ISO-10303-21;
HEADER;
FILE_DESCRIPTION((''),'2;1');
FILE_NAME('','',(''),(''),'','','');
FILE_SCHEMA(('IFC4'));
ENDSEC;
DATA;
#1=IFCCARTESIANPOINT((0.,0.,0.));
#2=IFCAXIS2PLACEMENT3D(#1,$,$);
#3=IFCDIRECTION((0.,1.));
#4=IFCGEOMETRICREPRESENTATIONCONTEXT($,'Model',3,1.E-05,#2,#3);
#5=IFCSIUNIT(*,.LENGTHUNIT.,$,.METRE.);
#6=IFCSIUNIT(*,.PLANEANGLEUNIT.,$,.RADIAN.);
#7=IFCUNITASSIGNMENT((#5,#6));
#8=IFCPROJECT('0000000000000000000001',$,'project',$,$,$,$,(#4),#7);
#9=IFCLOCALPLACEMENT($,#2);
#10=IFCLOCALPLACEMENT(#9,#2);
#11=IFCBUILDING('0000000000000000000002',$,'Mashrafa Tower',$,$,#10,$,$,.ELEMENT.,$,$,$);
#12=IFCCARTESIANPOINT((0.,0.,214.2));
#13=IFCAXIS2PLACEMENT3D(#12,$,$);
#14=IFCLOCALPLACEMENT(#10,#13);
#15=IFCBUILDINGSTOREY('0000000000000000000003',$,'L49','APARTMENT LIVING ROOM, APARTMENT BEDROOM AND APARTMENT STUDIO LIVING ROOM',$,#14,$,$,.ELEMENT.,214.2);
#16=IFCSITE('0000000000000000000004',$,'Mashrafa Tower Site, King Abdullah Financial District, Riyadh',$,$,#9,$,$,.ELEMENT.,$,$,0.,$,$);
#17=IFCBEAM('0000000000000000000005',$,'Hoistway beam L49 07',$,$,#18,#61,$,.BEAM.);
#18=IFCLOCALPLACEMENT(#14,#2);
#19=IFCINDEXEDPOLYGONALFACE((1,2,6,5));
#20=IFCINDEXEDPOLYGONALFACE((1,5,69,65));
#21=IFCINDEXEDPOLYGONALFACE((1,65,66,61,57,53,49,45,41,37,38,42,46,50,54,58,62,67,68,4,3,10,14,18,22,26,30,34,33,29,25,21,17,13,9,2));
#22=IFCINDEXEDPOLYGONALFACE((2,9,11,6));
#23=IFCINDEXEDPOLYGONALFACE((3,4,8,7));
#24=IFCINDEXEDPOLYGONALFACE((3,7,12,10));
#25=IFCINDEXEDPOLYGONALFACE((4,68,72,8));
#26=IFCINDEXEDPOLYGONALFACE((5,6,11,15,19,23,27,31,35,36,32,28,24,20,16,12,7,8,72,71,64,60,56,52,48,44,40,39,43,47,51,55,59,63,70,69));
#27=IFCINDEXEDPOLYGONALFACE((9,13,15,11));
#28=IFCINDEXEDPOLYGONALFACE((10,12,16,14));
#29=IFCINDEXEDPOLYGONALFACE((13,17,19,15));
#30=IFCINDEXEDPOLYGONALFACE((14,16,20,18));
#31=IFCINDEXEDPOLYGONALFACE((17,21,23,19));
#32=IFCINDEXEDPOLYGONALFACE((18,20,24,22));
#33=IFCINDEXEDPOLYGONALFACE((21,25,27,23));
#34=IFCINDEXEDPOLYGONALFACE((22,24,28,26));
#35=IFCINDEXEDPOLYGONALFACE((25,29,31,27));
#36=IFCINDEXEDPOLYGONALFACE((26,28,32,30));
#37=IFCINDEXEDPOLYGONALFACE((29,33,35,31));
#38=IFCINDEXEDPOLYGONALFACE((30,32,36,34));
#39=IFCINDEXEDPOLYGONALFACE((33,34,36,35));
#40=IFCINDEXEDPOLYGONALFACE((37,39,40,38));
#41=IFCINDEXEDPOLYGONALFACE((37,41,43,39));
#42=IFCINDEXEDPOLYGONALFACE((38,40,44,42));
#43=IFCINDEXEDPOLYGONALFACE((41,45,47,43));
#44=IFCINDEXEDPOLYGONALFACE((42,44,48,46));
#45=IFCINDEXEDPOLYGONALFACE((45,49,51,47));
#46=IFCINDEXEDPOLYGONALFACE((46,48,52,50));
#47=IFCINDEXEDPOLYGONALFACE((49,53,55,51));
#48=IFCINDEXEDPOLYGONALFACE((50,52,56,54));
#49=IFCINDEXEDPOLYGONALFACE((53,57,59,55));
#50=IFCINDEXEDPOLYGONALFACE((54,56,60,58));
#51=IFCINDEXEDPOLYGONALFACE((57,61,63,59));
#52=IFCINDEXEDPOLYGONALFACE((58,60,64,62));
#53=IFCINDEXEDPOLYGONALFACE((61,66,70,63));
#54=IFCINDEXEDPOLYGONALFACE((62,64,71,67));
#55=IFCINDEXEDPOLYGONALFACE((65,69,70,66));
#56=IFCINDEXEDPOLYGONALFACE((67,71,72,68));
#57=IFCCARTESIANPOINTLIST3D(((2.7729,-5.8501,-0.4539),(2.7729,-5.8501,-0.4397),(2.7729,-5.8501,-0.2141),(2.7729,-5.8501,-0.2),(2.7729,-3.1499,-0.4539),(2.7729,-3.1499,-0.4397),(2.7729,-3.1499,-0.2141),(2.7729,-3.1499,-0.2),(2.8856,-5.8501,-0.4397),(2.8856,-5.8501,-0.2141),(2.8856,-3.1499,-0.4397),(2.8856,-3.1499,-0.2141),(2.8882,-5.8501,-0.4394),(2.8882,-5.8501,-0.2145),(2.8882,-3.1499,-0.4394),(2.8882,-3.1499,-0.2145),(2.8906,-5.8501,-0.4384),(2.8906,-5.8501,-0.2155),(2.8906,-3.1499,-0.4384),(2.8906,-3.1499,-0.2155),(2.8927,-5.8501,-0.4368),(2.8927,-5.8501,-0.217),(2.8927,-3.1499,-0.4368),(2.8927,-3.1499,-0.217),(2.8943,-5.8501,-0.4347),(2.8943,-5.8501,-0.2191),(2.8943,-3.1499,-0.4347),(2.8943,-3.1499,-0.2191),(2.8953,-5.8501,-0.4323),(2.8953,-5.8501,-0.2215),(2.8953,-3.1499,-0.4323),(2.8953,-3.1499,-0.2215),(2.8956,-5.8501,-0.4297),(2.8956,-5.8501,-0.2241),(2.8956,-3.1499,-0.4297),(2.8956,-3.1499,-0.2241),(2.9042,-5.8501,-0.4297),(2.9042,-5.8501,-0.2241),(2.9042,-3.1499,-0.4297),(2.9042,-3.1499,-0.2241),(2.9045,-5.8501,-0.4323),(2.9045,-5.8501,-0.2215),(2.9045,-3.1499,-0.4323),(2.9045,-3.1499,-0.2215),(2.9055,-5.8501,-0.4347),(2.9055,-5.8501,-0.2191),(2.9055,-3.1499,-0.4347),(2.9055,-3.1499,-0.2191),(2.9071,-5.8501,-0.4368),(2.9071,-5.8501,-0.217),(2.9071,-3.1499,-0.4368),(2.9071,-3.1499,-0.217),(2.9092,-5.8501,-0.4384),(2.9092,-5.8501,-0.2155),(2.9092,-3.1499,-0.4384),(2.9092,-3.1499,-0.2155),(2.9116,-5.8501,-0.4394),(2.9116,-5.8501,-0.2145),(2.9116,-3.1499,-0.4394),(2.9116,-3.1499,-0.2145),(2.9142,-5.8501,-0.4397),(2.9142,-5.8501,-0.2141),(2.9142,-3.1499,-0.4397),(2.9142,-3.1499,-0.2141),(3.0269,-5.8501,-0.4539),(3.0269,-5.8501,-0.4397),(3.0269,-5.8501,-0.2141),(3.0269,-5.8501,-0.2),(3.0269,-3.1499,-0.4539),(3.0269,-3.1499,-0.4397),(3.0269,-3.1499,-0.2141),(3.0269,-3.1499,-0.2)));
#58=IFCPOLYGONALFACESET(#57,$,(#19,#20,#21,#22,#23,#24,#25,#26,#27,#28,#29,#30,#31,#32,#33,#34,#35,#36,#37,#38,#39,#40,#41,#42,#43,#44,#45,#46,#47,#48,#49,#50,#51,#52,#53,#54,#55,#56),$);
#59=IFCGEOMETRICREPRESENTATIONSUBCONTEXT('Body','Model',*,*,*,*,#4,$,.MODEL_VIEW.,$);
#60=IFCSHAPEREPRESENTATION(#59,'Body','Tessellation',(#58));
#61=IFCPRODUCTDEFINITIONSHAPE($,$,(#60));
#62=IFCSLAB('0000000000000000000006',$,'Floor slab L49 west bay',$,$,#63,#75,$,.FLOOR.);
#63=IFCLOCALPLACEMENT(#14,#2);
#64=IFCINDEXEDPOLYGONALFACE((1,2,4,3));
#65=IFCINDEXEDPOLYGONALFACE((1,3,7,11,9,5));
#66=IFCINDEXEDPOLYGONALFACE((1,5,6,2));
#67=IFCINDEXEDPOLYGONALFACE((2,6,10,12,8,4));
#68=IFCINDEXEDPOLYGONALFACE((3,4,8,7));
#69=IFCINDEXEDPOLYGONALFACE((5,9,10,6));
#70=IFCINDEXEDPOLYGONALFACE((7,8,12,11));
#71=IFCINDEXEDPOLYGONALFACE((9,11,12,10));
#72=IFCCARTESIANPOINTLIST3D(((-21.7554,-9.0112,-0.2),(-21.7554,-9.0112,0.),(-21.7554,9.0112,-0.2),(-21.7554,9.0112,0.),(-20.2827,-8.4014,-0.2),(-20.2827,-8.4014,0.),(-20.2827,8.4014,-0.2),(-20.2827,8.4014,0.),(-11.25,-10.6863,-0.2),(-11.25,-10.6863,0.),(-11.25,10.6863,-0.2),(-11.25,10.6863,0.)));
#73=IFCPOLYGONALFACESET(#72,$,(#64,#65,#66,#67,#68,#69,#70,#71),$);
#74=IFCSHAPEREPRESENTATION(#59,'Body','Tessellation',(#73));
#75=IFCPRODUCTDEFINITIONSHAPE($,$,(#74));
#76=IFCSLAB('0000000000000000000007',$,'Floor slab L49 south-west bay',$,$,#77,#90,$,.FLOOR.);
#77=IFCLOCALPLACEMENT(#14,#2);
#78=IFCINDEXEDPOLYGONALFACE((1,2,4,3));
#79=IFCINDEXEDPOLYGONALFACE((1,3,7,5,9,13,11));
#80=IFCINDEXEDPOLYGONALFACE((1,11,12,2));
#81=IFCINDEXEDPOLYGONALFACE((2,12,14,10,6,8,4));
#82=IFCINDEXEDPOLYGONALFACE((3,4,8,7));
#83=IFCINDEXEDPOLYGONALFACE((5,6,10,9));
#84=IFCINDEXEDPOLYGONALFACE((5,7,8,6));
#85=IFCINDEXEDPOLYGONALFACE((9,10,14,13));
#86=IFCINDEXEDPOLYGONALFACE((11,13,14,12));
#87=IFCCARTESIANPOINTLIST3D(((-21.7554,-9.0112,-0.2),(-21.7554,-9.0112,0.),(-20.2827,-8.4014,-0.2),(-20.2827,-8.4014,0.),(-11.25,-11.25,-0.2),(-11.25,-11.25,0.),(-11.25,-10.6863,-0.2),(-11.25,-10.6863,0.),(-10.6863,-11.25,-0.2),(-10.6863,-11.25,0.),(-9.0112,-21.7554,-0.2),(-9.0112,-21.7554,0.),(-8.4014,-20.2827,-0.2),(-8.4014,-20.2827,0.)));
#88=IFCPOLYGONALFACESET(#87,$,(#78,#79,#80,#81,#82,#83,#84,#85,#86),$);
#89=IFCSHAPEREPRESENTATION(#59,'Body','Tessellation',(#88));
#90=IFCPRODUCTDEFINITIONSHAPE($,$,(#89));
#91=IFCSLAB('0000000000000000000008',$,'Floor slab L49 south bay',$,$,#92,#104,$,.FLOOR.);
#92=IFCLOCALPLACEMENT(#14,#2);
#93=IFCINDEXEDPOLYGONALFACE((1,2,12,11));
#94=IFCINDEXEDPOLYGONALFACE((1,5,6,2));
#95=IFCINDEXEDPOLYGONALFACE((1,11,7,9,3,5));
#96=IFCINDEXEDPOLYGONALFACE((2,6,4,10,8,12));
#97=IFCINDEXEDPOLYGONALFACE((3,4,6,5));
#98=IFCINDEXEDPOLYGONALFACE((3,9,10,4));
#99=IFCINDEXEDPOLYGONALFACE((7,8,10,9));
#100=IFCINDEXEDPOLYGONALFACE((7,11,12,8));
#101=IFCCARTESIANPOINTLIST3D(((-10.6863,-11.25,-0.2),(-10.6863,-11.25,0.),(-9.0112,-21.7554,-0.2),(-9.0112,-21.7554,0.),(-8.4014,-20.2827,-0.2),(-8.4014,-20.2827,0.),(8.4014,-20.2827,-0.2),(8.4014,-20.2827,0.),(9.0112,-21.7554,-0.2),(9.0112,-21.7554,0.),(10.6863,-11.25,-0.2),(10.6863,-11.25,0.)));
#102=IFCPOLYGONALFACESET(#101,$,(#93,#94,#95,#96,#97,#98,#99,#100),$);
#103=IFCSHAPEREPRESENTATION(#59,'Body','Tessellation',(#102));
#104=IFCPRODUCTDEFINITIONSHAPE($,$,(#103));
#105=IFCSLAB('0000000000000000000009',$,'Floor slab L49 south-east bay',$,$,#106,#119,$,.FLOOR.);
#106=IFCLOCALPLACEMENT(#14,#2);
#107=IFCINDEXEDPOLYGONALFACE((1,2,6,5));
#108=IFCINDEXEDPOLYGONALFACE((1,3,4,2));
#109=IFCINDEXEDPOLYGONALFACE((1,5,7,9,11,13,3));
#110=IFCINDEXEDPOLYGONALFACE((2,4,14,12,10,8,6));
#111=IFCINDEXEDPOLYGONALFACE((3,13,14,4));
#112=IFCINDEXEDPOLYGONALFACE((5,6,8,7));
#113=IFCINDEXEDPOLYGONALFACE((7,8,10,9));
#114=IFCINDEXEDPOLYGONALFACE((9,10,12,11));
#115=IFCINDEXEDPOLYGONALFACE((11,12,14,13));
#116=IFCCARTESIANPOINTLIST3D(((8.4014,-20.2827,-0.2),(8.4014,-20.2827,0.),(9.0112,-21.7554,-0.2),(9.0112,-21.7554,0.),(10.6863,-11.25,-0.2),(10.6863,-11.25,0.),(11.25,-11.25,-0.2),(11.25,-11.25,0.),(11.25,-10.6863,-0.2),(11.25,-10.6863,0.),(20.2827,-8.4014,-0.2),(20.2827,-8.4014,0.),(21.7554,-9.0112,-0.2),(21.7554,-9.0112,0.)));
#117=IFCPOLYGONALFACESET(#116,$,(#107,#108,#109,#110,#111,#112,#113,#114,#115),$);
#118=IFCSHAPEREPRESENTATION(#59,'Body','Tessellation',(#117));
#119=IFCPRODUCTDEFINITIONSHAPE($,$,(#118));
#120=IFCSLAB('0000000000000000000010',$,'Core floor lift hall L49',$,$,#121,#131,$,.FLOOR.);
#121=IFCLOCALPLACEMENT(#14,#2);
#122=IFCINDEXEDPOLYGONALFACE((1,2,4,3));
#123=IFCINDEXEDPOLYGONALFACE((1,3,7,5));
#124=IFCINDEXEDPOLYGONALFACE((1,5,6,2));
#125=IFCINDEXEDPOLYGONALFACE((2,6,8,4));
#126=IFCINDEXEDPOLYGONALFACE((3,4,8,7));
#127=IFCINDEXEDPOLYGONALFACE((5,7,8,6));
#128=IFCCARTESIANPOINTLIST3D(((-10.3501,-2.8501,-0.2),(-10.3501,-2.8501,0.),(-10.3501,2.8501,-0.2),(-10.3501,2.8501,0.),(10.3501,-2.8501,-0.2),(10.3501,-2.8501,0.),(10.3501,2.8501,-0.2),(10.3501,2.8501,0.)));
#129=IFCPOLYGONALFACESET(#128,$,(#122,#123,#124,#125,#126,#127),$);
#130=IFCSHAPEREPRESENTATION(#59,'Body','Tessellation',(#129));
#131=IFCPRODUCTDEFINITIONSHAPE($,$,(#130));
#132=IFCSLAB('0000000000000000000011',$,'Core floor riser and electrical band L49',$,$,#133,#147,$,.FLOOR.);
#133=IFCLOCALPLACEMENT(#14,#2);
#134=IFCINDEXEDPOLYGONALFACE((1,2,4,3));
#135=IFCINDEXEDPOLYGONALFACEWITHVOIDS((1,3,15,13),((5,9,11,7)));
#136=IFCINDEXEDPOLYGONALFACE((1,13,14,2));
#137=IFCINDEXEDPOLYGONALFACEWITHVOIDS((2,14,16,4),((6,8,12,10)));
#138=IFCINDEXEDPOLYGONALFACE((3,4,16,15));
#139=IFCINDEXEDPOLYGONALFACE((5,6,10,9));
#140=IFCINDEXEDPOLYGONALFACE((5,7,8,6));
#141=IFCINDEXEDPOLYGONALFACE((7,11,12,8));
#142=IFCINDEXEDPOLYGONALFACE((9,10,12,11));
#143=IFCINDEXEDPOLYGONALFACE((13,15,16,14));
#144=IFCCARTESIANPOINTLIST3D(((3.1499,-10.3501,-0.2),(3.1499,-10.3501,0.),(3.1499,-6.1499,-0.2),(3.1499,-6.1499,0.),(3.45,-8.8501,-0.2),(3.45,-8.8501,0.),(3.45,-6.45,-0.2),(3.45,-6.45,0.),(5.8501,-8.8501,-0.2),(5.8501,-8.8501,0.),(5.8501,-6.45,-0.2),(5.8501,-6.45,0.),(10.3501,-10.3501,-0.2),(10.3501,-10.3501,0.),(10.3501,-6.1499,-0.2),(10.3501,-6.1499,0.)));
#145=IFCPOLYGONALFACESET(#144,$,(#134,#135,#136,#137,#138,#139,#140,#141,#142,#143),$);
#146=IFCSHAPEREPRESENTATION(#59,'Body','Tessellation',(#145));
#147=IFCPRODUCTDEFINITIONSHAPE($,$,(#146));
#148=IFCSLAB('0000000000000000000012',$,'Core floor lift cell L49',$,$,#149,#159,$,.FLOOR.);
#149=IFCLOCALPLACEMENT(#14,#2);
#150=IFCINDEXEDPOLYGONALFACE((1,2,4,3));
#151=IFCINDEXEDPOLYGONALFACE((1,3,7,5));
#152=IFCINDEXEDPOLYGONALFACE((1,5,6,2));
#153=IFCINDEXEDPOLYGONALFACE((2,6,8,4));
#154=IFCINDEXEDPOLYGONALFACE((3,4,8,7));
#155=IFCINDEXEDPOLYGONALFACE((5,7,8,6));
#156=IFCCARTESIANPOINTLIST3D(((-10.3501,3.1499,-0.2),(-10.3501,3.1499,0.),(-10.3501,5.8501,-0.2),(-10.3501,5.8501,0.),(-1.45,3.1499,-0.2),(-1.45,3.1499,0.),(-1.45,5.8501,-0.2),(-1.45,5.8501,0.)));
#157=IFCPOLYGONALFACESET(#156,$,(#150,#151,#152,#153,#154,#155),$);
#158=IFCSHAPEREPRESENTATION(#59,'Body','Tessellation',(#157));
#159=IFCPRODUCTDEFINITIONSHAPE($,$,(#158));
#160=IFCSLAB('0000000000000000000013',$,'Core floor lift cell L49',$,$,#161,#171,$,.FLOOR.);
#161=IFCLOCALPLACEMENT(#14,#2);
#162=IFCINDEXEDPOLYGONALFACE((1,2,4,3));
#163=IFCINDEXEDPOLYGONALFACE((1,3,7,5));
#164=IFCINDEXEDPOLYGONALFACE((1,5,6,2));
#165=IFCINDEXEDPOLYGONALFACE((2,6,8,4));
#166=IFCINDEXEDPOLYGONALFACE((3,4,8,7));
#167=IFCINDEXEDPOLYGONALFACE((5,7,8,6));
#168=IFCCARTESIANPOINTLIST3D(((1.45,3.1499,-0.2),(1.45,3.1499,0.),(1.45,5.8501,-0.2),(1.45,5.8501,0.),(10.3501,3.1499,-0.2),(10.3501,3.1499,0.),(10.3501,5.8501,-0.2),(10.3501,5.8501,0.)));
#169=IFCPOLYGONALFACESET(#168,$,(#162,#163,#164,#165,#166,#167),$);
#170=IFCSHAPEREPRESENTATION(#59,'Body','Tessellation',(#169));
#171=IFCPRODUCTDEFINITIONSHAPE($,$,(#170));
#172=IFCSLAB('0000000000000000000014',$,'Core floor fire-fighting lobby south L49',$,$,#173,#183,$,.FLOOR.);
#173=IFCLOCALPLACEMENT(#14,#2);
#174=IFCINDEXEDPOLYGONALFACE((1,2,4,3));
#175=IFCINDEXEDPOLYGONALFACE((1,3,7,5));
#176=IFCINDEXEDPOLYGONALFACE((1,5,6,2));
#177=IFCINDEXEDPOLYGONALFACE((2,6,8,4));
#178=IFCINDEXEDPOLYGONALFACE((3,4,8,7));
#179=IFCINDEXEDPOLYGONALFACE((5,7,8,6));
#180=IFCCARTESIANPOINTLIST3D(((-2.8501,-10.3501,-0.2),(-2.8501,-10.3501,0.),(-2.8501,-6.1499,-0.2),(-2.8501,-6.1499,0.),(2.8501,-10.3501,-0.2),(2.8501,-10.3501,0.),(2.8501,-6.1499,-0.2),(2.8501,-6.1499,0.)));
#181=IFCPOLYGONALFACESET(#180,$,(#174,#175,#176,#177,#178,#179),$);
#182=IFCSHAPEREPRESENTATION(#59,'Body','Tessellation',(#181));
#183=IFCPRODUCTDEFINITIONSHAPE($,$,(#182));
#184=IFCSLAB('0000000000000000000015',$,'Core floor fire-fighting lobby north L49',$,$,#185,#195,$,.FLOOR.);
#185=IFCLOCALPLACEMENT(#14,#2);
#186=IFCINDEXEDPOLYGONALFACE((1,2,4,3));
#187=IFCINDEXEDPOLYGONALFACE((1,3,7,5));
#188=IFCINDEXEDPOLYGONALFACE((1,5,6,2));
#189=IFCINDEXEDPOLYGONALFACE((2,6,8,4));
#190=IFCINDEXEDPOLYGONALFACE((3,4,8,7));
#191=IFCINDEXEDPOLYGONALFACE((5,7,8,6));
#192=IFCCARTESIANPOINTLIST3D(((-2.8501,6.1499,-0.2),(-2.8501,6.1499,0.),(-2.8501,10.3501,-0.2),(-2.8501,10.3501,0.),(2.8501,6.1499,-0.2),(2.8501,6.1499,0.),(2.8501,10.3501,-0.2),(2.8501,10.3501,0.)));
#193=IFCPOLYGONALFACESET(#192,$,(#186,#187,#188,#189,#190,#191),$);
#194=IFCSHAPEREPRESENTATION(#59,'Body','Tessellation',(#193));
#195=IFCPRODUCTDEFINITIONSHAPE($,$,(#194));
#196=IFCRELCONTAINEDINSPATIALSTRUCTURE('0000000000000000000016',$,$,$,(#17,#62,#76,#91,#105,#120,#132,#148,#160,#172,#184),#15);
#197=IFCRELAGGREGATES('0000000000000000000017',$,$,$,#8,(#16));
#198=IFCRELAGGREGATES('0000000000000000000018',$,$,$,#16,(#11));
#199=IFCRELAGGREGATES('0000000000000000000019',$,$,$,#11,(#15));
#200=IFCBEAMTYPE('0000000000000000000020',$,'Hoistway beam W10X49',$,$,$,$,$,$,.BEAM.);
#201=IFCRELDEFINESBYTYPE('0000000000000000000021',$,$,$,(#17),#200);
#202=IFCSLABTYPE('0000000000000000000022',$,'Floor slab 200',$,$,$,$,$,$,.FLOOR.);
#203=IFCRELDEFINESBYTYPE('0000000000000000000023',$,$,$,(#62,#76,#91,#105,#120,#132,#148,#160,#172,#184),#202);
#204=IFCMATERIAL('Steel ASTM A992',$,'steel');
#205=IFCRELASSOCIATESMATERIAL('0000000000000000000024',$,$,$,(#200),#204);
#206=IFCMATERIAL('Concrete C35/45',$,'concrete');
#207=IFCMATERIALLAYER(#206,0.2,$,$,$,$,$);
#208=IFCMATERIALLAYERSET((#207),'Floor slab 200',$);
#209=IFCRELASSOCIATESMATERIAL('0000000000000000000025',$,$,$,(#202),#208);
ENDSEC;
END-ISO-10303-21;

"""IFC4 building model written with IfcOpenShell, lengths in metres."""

from ifc_helpers import new_model, si_unit, direction, frame, origin, origin_2d, place, context, subcontext, project, spatial, polyline, i_section, outline, extrude, material, layer, layer_set, material_profile, profile_set, type_object, element, save


model = new_model("IFC4")

# Units and contexts
model_context = context("Model", 3, precision=1e-05, world=origin(), true_north=direction((0.0, 1.0)))
body_context = subcontext(model_context, "Body", "Model", "MODEL_VIEW")
ifc_project = project(units=[si_unit("LENGTHUNIT", "METRE"), si_unit("PLANEANGLEUNIT", "RADIAN")], contexts=[model_context])

# Site, building, storey
site_placement = place(None, origin())
site = spatial("IfcSite", under=ifc_project, at=site_placement, Name="Mashrafa Tower Site, King Abdullah Financial District, Riyadh", CompositionType="ELEMENT", RefElevation=0.0)
building_placement = place(site_placement, origin())
building = spatial("IfcBuilding", under=site, at=building_placement, Name="Mashrafa Tower", CompositionType="ELEMENT")
storey_placement = place(building_placement, frame((0.0, 0.0, 214.2)))
storey = spatial("IfcBuildingStorey", under=building, at=storey_placement, Name="L49", Description="APARTMENT LIVING ROOM, APARTMENT BEDROOM AND APARTMENT STUDIO LIVING ROOM", CompositionType="ELEMENT", Elevation=214.2)

# Beam
ifc_material_1 = material(Name="Steel ASTM A992", Category="steel")
ifc_material_profile = material_profile(ifc_material_1, i_section(OverallWidth=0.2539, OverallDepth=0.2539, WebThickness=0.0085, FlangeThickness=0.0142, FilletRadius=0.01, at=origin_2d()), Name="W10X49")
ifc_profile_set = profile_set([ifc_material_profile], Name="Steel ASTM A992")
beam_type = type_object("IfcBeamType", Name="Hoistway beam W10X49", PredefinedType="BEAM", material=ifc_profile_set)
beam_placement = place(storey_placement, frame((2.8999, -5.8501, -0.3269), z_axis=(0.0, 1.0, 0.0), x_axis=(-1.0, 0.0, 0.0)))
element("IfcBeam", 1, at=beam_placement, inside=storey, type_object=beam_type, Name="Hoistway beam L49 07", PredefinedType="BEAM", context=body_context, shape_type="SweptSolid", body=[
    extrude(i_section(OverallWidth=0.2539, OverallDepth=0.2539, WebThickness=0.0085, FlangeThickness=0.0142, FilletRadius=0.01, at=origin_2d()), origin(), (0.0, 0.0, 1.0), 2.7002),
])

# Slabs
ifc_material_2 = material(Name="Concrete C35/45", Category="concrete")
ifc_layer_1 = layer(ifc_material_2, 0.2)
ifc_layer_set_1 = layer_set([ifc_layer_1], Name="Floor slab 200")
slab_type = type_object("IfcSlabType", Name="Floor slab 200", PredefinedType="FLOOR", material=ifc_layer_set_1)
slab_1_placement = place(storey_placement, frame((0.0, 0.0, -0.2)))
element("IfcSlab", 2, at=slab_1_placement, inside=storey, type_object=slab_type, Name="Floor slab L49 west bay", PredefinedType="FLOOR", context=body_context, shape_type="SweptSolid", body=[
    extrude(outline(polyline([(-21.7554, 9.0112), (-20.2827, 8.4014), (-11.25, 10.6863), (-11.25, -10.6863), (-20.2827, -8.4014), (-21.7554, -9.0112), (-21.7554, 9.0112)])), origin(), (0.0, 0.0, 1.0), 0.2),
])
slab_2_placement = place(storey_placement, frame((0.0, 0.0, -0.2)))
element("IfcSlab", 3, at=slab_2_placement, inside=storey, type_object=slab_type, Name="Floor slab L49 south-west bay", PredefinedType="FLOOR", context=body_context, shape_type="SweptSolid", body=[
    extrude(outline(polyline([(-9.0112, -21.7554), (-21.7554, -9.0112), (-21.7554, -9.0112), (-20.2827, -8.4014), (-11.25, -10.6863), (-11.25, -11.25), (-10.6863, -11.25), (-8.4014, -20.2827), (-9.0112, -21.7554), (-9.0112, -21.7554)])), origin(), (0.0, 0.0, 1.0), 0.2),
])
slab_3_placement = place(storey_placement, frame((0.0, 0.0, -0.2)))
element("IfcSlab", 4, at=slab_3_placement, inside=storey, type_object=slab_type, Name="Floor slab L49 south bay", PredefinedType="FLOOR", context=body_context, shape_type="SweptSolid", body=[
    extrude(outline(polyline([(-9.0112, -21.7554), (-8.4014, -20.2827), (-10.6863, -11.25), (10.6863, -11.25), (8.4014, -20.2827), (9.0112, -21.7554), (-9.0112, -21.7554)])), origin(), (0.0, 0.0, 1.0), 0.2),
])
slab_4_placement = place(storey_placement, frame((0.0, 0.0, -0.2)))
element("IfcSlab", 5, at=slab_4_placement, inside=storey, type_object=slab_type, Name="Floor slab L49 south-east bay", PredefinedType="FLOOR", context=body_context, shape_type="SweptSolid", body=[
    extrude(outline(polyline([(9.0112, -21.7554), (8.4014, -20.2827), (10.6863, -11.25), (11.25, -11.25), (11.25, -10.6863), (20.2827, -8.4014), (21.7554, -9.0112), (21.7554, -9.0112), (9.0112, -21.7554), (9.0112, -21.7554)])), origin(), (0.0, 0.0, 1.0), 0.2),
])
slab_5_placement = place(storey_placement, frame((0.0, 0.0, -0.2)))
element("IfcSlab", 6, at=slab_5_placement, inside=storey, type_object=slab_type, Name="Core floor lift hall L49", PredefinedType="FLOOR", context=body_context, shape_type="SweptSolid", body=[
    extrude(outline(polyline([(-10.3501, 2.8501), (10.3501, 2.8501), (10.3501, -2.8501), (-10.3501, -2.8501), (-10.3501, 2.8501)])), origin(), (0.0, 0.0, 1.0), 0.2),
])
slab_6_placement = place(storey_placement, frame((0.0, 0.0, -0.2)))
element("IfcSlab", 7, at=slab_6_placement, inside=storey, type_object=slab_type, Name="Core floor riser and electrical band L49", PredefinedType="FLOOR", context=body_context, shape_type="SweptSolid", body=[
    extrude(outline(polyline([(10.3501, -6.1499), (10.3501, -10.3501), (3.1499, -10.3501), (3.1499, -6.1499), (10.3501, -6.1499)]), holes=[polyline([(3.45, -8.8501), (5.8501, -8.8501), (5.8501, -6.45), (3.45, -6.45), (3.45, -8.8501)])]), origin(), (0.0, 0.0, 1.0), 0.2),
])
slab_7_placement = place(storey_placement, frame((0.0, 0.0, -0.2)))
element("IfcSlab", 8, at=slab_7_placement, inside=storey, type_object=slab_type, Name="Core floor lift cell L49", PredefinedType="FLOOR", context=body_context, shape_type="SweptSolid", body=[
    extrude(outline(polyline([(-10.3501, 5.8501), (-1.45, 5.8501), (-1.45, 3.1499), (-10.3501, 3.1499), (-10.3501, 5.8501)])), origin(), (0.0, 0.0, 1.0), 0.2),
])
slab_8_placement = place(storey_placement, frame((0.0, 0.0, -0.2)))
element("IfcSlab", 9, at=slab_8_placement, inside=storey, type_object=slab_type, Name="Core floor lift cell L49", PredefinedType="FLOOR", context=body_context, shape_type="SweptSolid", body=[
    extrude(outline(polyline([(1.45, 5.8501), (10.3501, 5.8501), (10.3501, 3.1499), (1.45, 3.1499), (1.45, 5.8501)])), origin(), (0.0, 0.0, 1.0), 0.2),
])
slab_9_placement = place(storey_placement, frame((0.0, 0.0, -0.2)))
element("IfcSlab", 10, at=slab_9_placement, inside=storey, type_object=slab_type, Name="Core floor fire-fighting lobby south L49", PredefinedType="FLOOR", context=body_context, shape_type="SweptSolid", body=[
    extrude(outline(polyline([(2.8501, -6.1499), (2.8501, -10.3501), (-2.8501, -10.3501), (-2.8501, -6.1499), (2.8501, -6.1499)])), origin(), (0.0, 0.0, 1.0), 0.2),
])
slab_10_placement = place(storey_placement, frame((0.0, 0.0, -0.2)))
element("IfcSlab", 11, at=slab_10_placement, inside=storey, type_object=slab_type, Name="Core floor fire-fighting lobby north L49", PredefinedType="FLOOR", context=body_context, shape_type="SweptSolid", body=[
    extrude(outline(polyline([(-2.8501, 10.3501), (2.8501, 10.3501), (2.8501, 6.1499), (-2.8501, 6.1499), (-2.8501, 10.3501)])), origin(), (0.0, 0.0, 1.0), 0.2),
])

save(model, "model.ifc")
